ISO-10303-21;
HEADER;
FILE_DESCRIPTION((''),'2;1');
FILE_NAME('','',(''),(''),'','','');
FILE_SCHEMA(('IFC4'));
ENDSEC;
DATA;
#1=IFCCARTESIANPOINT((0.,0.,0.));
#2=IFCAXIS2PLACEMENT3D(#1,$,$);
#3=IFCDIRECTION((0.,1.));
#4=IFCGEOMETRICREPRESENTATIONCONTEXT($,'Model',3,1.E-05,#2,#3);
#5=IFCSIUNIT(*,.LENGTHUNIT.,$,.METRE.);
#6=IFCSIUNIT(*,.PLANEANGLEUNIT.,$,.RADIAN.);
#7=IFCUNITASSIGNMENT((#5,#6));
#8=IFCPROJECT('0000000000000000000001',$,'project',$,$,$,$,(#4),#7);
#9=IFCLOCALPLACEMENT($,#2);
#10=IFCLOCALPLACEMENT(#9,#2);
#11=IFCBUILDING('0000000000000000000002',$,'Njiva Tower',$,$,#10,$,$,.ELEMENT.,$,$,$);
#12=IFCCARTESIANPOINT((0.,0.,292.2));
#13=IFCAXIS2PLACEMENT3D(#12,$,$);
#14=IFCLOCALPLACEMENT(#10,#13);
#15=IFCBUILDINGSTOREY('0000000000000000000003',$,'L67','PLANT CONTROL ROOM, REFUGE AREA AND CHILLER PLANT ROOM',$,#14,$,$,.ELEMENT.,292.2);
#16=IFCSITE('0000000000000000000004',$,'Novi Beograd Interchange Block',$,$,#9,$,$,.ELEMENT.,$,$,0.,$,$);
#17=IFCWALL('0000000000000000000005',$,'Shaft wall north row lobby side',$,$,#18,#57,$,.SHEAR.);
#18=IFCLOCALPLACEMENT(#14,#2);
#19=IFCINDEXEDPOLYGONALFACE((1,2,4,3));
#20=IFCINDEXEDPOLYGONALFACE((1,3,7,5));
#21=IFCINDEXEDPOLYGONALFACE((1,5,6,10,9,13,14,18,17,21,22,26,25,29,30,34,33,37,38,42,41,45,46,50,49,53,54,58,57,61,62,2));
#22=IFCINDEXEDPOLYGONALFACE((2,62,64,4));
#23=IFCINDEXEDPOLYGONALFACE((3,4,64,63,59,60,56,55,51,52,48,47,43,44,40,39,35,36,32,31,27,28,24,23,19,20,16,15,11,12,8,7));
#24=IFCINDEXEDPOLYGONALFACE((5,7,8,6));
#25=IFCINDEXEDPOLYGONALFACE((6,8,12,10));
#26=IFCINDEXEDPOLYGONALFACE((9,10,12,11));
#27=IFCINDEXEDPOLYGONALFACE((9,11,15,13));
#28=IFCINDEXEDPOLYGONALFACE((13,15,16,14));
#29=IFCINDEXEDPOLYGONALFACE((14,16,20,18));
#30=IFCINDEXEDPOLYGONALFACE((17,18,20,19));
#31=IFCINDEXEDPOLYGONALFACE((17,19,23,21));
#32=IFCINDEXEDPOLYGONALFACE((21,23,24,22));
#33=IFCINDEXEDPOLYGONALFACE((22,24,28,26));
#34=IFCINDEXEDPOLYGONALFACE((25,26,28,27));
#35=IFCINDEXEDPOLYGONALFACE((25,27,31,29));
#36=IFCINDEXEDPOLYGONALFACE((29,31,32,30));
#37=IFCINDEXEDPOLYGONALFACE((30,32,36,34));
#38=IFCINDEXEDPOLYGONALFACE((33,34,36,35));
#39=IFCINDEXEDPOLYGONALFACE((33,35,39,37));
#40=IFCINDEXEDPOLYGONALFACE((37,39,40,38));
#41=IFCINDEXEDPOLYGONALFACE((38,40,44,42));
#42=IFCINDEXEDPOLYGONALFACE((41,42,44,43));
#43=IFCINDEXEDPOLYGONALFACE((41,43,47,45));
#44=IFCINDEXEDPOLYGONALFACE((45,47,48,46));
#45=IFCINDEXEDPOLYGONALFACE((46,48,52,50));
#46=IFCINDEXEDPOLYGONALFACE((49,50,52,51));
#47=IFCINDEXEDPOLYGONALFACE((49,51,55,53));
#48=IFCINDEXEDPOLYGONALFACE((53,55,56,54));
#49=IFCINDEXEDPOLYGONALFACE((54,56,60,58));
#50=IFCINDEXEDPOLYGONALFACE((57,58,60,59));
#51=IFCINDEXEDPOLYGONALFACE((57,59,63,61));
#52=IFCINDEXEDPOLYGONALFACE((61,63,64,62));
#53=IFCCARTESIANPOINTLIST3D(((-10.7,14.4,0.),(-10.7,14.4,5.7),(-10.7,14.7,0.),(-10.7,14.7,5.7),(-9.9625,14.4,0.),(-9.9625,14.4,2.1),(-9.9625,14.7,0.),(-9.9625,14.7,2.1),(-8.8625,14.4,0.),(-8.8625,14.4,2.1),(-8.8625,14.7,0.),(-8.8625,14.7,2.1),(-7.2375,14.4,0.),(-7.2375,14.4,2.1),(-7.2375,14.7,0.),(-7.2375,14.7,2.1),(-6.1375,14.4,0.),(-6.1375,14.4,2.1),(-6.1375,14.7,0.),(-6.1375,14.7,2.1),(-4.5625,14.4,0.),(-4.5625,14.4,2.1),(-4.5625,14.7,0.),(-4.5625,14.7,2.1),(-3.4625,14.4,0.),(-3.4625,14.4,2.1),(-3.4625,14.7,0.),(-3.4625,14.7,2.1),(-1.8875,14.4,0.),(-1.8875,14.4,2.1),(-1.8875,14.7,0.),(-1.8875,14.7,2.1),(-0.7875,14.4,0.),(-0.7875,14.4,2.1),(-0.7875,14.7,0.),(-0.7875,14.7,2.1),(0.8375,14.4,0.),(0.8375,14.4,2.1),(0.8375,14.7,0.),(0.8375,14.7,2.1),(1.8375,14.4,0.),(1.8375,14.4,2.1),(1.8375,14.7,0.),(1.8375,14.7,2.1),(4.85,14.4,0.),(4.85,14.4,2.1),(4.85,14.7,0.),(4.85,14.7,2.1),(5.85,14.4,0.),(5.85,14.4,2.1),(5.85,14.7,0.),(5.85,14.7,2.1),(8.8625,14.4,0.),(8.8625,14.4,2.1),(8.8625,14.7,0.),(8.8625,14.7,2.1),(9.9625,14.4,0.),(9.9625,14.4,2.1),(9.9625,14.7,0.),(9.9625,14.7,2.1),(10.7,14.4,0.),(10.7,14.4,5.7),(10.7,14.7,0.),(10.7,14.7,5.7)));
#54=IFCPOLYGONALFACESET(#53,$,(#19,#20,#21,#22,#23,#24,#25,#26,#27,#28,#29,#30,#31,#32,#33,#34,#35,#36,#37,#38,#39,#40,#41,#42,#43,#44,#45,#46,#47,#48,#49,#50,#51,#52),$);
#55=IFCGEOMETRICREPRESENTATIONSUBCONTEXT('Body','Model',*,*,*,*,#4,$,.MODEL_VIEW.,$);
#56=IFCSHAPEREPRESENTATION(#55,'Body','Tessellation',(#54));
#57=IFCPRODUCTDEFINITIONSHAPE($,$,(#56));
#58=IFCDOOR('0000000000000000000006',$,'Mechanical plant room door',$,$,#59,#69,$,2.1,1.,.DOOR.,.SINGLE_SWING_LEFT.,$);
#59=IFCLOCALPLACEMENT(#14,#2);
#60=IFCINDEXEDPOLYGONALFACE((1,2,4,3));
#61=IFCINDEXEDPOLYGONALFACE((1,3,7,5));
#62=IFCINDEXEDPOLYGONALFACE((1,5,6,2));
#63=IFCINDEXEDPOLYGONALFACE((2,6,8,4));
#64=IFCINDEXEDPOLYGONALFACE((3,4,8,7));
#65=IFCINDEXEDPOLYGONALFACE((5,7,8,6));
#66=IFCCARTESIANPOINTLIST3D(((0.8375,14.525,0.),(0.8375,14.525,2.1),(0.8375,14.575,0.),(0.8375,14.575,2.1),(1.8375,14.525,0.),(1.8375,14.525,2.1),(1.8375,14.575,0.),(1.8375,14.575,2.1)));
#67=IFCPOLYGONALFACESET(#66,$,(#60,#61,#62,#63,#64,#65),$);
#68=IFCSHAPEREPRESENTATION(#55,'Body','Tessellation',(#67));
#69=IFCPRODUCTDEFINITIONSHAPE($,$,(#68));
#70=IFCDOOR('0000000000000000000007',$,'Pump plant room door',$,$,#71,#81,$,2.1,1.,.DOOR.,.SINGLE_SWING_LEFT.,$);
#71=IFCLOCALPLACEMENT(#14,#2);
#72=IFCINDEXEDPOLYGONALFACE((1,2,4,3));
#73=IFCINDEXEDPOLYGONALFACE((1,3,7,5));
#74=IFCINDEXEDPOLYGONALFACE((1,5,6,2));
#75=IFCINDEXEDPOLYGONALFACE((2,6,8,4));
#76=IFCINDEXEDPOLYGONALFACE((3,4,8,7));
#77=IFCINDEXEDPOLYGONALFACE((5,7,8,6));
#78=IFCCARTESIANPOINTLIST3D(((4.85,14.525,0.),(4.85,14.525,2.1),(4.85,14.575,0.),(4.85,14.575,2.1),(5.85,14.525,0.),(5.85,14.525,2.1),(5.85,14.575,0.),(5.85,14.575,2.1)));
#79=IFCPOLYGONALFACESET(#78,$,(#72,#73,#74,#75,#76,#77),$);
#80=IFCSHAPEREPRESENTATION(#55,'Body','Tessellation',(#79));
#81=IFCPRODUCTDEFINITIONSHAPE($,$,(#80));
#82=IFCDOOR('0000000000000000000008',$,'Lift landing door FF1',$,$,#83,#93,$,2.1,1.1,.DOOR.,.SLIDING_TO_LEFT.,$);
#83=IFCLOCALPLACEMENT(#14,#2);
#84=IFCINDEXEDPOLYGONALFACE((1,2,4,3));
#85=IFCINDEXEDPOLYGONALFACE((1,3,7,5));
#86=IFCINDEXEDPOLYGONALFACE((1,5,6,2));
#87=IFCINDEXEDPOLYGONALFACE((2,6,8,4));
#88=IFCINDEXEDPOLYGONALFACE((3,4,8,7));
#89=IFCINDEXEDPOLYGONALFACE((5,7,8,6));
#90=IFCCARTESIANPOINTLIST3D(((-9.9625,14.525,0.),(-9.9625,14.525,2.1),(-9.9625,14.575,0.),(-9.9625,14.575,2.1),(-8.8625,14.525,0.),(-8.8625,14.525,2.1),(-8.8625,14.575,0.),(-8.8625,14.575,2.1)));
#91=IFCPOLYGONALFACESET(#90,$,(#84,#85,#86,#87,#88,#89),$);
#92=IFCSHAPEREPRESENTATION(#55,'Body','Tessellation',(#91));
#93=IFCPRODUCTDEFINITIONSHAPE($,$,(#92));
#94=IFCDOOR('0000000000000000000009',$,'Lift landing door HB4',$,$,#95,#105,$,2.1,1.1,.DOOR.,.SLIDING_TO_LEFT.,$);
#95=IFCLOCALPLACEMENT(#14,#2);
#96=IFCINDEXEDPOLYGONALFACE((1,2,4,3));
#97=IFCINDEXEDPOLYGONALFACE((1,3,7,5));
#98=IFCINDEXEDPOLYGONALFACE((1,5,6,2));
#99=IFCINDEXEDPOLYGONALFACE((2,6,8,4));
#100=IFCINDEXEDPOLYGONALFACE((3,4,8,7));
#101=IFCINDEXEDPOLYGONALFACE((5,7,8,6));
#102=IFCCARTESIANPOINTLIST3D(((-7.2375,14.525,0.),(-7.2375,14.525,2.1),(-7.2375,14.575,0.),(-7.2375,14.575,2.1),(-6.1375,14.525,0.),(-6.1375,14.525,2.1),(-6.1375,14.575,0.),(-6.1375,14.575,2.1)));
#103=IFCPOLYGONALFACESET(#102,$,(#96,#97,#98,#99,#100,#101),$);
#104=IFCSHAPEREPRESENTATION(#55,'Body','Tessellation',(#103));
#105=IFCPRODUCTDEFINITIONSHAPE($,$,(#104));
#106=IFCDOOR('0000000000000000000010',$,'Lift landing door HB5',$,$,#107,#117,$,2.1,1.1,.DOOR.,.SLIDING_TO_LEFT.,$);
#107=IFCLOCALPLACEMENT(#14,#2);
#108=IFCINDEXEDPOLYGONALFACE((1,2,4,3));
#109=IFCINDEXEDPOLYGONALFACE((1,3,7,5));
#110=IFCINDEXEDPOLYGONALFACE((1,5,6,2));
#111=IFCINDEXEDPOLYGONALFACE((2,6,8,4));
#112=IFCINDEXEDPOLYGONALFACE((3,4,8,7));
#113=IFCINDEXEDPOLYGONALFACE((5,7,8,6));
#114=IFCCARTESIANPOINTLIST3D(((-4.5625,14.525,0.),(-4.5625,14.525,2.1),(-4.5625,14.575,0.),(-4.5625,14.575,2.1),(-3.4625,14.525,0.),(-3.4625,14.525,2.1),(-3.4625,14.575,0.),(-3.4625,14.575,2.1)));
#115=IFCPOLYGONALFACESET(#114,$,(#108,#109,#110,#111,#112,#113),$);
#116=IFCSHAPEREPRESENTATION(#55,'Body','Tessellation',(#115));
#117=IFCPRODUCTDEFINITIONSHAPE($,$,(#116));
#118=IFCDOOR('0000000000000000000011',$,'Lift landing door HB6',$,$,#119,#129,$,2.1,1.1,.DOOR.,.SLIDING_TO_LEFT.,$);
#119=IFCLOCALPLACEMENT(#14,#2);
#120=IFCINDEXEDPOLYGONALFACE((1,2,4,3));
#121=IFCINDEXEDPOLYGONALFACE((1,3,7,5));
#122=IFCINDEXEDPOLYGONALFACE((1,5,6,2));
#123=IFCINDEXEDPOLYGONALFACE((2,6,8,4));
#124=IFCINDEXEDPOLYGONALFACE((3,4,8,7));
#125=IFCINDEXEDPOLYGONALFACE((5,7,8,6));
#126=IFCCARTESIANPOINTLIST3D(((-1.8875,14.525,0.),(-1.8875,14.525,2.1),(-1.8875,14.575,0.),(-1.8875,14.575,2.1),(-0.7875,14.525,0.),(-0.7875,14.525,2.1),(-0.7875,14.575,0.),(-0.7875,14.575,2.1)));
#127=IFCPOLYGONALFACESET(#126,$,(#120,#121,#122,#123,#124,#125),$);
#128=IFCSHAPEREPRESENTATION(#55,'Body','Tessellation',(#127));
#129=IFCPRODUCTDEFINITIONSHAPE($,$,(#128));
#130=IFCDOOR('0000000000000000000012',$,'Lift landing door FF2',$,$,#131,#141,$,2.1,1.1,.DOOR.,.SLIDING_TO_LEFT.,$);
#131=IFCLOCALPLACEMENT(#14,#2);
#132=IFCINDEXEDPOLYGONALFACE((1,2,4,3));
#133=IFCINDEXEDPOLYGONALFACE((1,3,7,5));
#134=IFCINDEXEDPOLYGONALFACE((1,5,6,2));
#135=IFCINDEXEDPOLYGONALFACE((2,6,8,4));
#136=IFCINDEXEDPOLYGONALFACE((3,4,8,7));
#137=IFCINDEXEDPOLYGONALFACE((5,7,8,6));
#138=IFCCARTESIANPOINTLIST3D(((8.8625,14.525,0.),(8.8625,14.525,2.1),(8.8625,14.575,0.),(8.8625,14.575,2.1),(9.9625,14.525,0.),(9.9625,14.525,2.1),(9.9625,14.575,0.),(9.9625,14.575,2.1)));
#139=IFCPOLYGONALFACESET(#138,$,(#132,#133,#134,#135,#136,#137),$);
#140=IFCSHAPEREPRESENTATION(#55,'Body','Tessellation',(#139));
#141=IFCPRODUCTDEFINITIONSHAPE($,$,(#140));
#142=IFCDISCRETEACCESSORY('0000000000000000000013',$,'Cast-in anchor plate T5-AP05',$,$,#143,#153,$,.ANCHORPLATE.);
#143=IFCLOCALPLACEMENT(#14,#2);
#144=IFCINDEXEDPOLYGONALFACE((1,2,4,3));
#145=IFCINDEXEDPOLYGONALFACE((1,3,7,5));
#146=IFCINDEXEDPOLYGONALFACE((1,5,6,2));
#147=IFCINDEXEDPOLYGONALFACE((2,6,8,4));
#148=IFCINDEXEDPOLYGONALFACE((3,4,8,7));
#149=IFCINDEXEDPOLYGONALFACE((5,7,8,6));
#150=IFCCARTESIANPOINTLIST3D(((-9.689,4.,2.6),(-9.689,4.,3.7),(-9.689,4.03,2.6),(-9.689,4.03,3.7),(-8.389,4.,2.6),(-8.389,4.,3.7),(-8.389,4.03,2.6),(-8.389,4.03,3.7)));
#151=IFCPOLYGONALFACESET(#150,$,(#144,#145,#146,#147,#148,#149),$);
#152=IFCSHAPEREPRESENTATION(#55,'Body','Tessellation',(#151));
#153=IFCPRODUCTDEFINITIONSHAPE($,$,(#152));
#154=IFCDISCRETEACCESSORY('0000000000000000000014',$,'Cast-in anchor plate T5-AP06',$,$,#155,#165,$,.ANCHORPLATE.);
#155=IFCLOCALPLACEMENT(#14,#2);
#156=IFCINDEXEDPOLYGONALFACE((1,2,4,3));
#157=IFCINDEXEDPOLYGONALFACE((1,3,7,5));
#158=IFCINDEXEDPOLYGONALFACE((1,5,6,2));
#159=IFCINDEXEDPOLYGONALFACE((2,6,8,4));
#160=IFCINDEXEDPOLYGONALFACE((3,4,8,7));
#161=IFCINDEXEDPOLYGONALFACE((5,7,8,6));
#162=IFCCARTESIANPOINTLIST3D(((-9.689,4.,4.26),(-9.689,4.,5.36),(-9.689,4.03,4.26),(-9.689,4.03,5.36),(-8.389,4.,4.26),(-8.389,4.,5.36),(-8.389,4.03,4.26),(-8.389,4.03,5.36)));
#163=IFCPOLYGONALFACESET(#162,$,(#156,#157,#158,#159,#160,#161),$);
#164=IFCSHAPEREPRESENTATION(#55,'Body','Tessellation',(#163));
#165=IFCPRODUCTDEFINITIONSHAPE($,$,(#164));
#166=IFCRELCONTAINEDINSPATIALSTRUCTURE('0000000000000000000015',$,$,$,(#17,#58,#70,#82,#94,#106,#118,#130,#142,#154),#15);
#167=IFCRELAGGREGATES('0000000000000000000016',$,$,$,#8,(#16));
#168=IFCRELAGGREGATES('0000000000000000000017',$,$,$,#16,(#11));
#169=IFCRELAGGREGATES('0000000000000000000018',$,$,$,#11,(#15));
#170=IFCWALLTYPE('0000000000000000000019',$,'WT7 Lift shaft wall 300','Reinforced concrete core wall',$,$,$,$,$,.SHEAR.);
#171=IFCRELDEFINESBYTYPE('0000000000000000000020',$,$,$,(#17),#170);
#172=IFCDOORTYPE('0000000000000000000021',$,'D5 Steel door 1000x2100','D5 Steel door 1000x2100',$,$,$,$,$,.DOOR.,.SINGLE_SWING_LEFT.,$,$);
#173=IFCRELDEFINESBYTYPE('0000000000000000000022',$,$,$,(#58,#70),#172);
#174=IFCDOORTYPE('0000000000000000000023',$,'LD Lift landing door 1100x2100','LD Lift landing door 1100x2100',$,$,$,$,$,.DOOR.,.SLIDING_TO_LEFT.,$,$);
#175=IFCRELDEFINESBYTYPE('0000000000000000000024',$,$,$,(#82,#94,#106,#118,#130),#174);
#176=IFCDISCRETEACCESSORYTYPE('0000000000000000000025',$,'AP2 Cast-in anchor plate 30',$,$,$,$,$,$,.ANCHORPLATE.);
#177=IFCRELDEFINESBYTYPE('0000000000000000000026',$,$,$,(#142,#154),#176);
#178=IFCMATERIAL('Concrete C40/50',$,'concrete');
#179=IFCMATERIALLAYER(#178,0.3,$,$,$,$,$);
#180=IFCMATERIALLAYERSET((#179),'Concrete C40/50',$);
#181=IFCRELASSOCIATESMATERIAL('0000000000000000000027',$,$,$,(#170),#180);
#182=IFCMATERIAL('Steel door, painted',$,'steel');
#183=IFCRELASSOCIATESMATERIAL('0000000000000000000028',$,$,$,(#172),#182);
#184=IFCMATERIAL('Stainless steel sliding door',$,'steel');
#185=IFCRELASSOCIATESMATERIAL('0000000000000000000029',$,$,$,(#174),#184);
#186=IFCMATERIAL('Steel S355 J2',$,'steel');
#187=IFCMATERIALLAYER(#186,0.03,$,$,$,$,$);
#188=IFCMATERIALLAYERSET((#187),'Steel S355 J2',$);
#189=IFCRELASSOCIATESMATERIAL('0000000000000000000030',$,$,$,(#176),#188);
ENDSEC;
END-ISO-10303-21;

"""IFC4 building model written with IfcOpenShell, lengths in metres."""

from ifc_helpers import new_model, si_unit, direction, frame, frame_2d, origin, place, context, subcontext, project, spatial, polyline, rectangle, outline, extrude, material, layer, layer_set, type_object, element, fill, save


model = new_model("IFC4")

# Units and contexts
model_context = context("Model", 3, precision=1e-05, world=origin(), true_north=direction((0.0, 1.0)))
body_context = subcontext(model_context, "Body", "Model", "MODEL_VIEW")
ifc_project = project(units=[si_unit("LENGTHUNIT", "METRE"), si_unit("PLANEANGLEUNIT", "RADIAN")], contexts=[model_context])

# Site, building, storey
site_placement = place(None, origin())
site = spatial("IfcSite", under=ifc_project, at=site_placement, Name="Novi Beograd Interchange Block", CompositionType="ELEMENT", RefElevation=0.0)
building_placement = place(site_placement, origin())
building = spatial("IfcBuilding", under=site, at=building_placement, Name="Njiva Tower", CompositionType="ELEMENT")
storey_placement = place(building_placement, frame((0.0, 0.0, 292.2)))
storey = spatial("IfcBuildingStorey", under=building, at=storey_placement, Name="L67", Description="PLANT CONTROL ROOM, REFUGE AREA AND CHILLER PLANT ROOM", CompositionType="ELEMENT", Elevation=292.2)

# Shared definitions
ifc_material_1 = material(Name="Steel S355 J2", Category="steel")

# Shared definitions
ifc_material_2 = material(Name="Concrete C40/50", Category="concrete")

# Wall, openings, doors
ifc_layer_1 = layer(ifc_material_2, 0.3)
ifc_layer_set_1 = layer_set([ifc_layer_1], Name="Concrete C40/50")
wall_type_1 = type_object("IfcWallType", Name="WT7 Lift shaft wall 300", Description="Reinforced concrete core wall", PredefinedType="SHEAR", material=ifc_layer_set_1)
wall_1_placement = place(storey_placement, frame((-10.7, 14.55, 0.0), z_axis=(0.0, 0.0, 1.0), x_axis=(1.0, 0.0, 0.0)))
wall_1 = element("IfcWall", 1, at=wall_1_placement, inside=storey, type_object=wall_type_1, Name="Shaft wall north row lobby side", PredefinedType="SHEAR", context=body_context, shape_type="SweptSolid", body=[
    extrude(rectangle(XDim=21.4, YDim=0.3, at=frame_2d((10.7, 0.0))), origin(), (0.0, 0.0, 1.0), 5.7),
])
opening_1_placement = place(wall_1_placement, frame((0.7375, 0.0, 0.0)))
opening_1 = element("IfcOpeningElement", 2, at=opening_1_placement, cuts=wall_1, PredefinedType="OPENING", context=body_context, shape_type="SweptSolid", body=[
    extrude(rectangle(XDim=1.1, YDim=2.1, at=frame_2d((0.55, 1.05))), frame((0.0, 0.16, 0.0), z_axis=(0.0, -1.0, 0.0), x_axis=(1.0, 0.0, 0.0)), (0.0, 0.0, 1.0), 0.32),
])
opening_2_placement = place(wall_1_placement, frame((3.4625, 0.0, 0.0)))
opening_2 = element("IfcOpeningElement", 3, at=opening_2_placement, cuts=wall_1, PredefinedType="OPENING", context=body_context, shape_type="SweptSolid", body=[
    extrude(rectangle(XDim=1.1, YDim=2.1, at=frame_2d((0.55, 1.05))), frame((0.0, 0.16, 0.0), z_axis=(0.0, -1.0, 0.0), x_axis=(1.0, 0.0, 0.0)), (0.0, 0.0, 1.0), 0.32),
])
opening_3_placement = place(wall_1_placement, frame((6.1375, 0.0, 0.0)))
opening_3 = element("IfcOpeningElement", 4, at=opening_3_placement, cuts=wall_1, PredefinedType="OPENING", context=body_context, shape_type="SweptSolid", body=[
    extrude(rectangle(XDim=1.1, YDim=2.1, at=frame_2d((0.55, 1.05))), frame((0.0, 0.16, 0.0), z_axis=(0.0, -1.0, 0.0), x_axis=(1.0, 0.0, 0.0)), (0.0, 0.0, 1.0), 0.32),
])
opening_4_placement = place(wall_1_placement, frame((8.8125, 0.0, 0.0)))
opening_4 = element("IfcOpeningElement", 5, at=opening_4_placement, cuts=wall_1, PredefinedType="OPENING", context=body_context, shape_type="SweptSolid", body=[
    extrude(rectangle(XDim=1.1, YDim=2.1, at=frame_2d((0.55, 1.05))), frame((0.0, 0.16, 0.0), z_axis=(0.0, -1.0, 0.0), x_axis=(1.0, 0.0, 0.0)), (0.0, 0.0, 1.0), 0.32),
])
opening_5_placement = place(wall_1_placement, frame((19.5625, 0.0, 0.0)))
opening_5 = element("IfcOpeningElement", 6, at=opening_5_placement, cuts=wall_1, PredefinedType="OPENING", context=body_context, shape_type="SweptSolid", body=[
    extrude(rectangle(XDim=1.1, YDim=2.1, at=frame_2d((0.55, 1.05))), frame((0.0, 0.16, 0.0), z_axis=(0.0, -1.0, 0.0), x_axis=(1.0, 0.0, 0.0)), (0.0, 0.0, 1.0), 0.32),
])
opening_6_placement = place(wall_1_placement, frame((11.5375, 0.0, 0.0)))
opening_6 = element("IfcOpeningElement", 7, at=opening_6_placement, cuts=wall_1, PredefinedType="OPENING", context=body_context, shape_type="SweptSolid", body=[
    extrude(rectangle(XDim=1.0, YDim=2.1, at=frame_2d((0.5, 1.05))), frame((0.0, 0.16, 0.0), z_axis=(0.0, -1.0, 0.0), x_axis=(1.0, 0.0, 0.0)), (0.0, 0.0, 1.0), 0.32),
])
opening_7_placement = place(wall_1_placement, frame((15.55, 0.0, 0.0)))
opening_7 = element("IfcOpeningElement", 8, at=opening_7_placement, cuts=wall_1, PredefinedType="OPENING", context=body_context, shape_type="SweptSolid", body=[
    extrude(rectangle(XDim=1.0, YDim=2.1, at=frame_2d((0.5, 1.05))), frame((0.0, 0.16, 0.0), z_axis=(0.0, -1.0, 0.0), x_axis=(1.0, 0.0, 0.0)), (0.0, 0.0, 1.0), 0.32),
])
ifc_material_3 = material(Name="Steel door, painted", Category="steel")
door_type_1 = type_object("IfcDoorType", Name="D5 Steel door 1000x2100", Description="D5 Steel door 1000x2100", OperationType="SINGLE_SWING_LEFT", PredefinedType="DOOR", material=ifc_material_3)
door_1_placement = place(opening_6_placement, origin())
door_1 = element("IfcDoor", 9, at=door_1_placement, inside=storey, type_object=door_type_1, Name="Mechanical plant room door", OperationType="SINGLE_SWING_LEFT", OverallHeight=2.1, OverallWidth=1.0, PredefinedType="DOOR", context=body_context, shape_type="SweptSolid", body=[
    extrude(rectangle(XDim=1.0, YDim=2.1, at=frame_2d((0.5, 1.05))), frame((0.0, 0.025, 0.0), z_axis=(0.0, -1.0, 0.0), x_axis=(1.0, 0.0, 0.0)), (0.0, 0.0, 1.0), 0.05),
])
fill(opening_6, door_1)
door_2_placement = place(opening_7_placement, origin())
door_2 = element("IfcDoor", 10, at=door_2_placement, inside=storey, type_object=door_type_1, Name="Pump plant room door", OperationType="SINGLE_SWING_LEFT", OverallHeight=2.1, OverallWidth=1.0, PredefinedType="DOOR", context=body_context, shape_type="SweptSolid", body=[
    extrude(rectangle(XDim=1.0, YDim=2.1, at=frame_2d((0.5, 1.05))), frame((0.0, 0.025, 0.0), z_axis=(0.0, -1.0, 0.0), x_axis=(1.0, 0.0, 0.0)), (0.0, 0.0, 1.0), 0.05),
])
fill(opening_7, door_2)
ifc_material_4 = material(Name="Stainless steel sliding door", Category="steel")
door_type_2 = type_object("IfcDoorType", Name="LD Lift landing door 1100x2100", Description="LD Lift landing door 1100x2100", OperationType="SLIDING_TO_LEFT", PredefinedType="DOOR", material=ifc_material_4)
door_3_placement = place(opening_1_placement, origin())
door_3 = element("IfcDoor", 11, at=door_3_placement, inside=storey, type_object=door_type_2, Name="Lift landing door FF1", OperationType="SLIDING_TO_LEFT", OverallHeight=2.1, OverallWidth=1.1, PredefinedType="DOOR", context=body_context, shape_type="SweptSolid", body=[
    extrude(rectangle(XDim=1.1, YDim=2.1, at=frame_2d((0.55, 1.05))), frame((0.0, 0.025, 0.0), z_axis=(0.0, -1.0, 0.0), x_axis=(1.0, 0.0, 0.0)), (0.0, 0.0, 1.0), 0.05),
])
fill(opening_1, door_3)
door_4_placement = place(opening_2_placement, origin())
door_4 = element("IfcDoor", 12, at=door_4_placement, inside=storey, type_object=door_type_2, Name="Lift landing door HB4", OperationType="SLIDING_TO_LEFT", OverallHeight=2.1, OverallWidth=1.1, PredefinedType="DOOR", context=body_context, shape_type="SweptSolid", body=[
    extrude(rectangle(XDim=1.1, YDim=2.1, at=frame_2d((0.55, 1.05))), frame((0.0, 0.025, 0.0), z_axis=(0.0, -1.0, 0.0), x_axis=(1.0, 0.0, 0.0)), (0.0, 0.0, 1.0), 0.05),
])
fill(opening_2, door_4)
door_5_placement = place(opening_3_placement, origin())
door_5 = element("IfcDoor", 13, at=door_5_placement, inside=storey, type_object=door_type_2, Name="Lift landing door HB5", OperationType="SLIDING_TO_LEFT", OverallHeight=2.1, OverallWidth=1.1, PredefinedType="DOOR", context=body_context, shape_type="SweptSolid", body=[
    extrude(rectangle(XDim=1.1, YDim=2.1, at=frame_2d((0.55, 1.05))), frame((0.0, 0.025, 0.0), z_axis=(0.0, -1.0, 0.0), x_axis=(1.0, 0.0, 0.0)), (0.0, 0.0, 1.0), 0.05),
])
fill(opening_3, door_5)
door_6_placement = place(opening_4_placement, origin())
door_6 = element("IfcDoor", 14, at=door_6_placement, inside=storey, type_object=door_type_2, Name="Lift landing door HB6", OperationType="SLIDING_TO_LEFT", OverallHeight=2.1, OverallWidth=1.1, PredefinedType="DOOR", context=body_context, shape_type="SweptSolid", body=[
    extrude(rectangle(XDim=1.1, YDim=2.1, at=frame_2d((0.55, 1.05))), frame((0.0, 0.025, 0.0), z_axis=(0.0, -1.0, 0.0), x_axis=(1.0, 0.0, 0.0)), (0.0, 0.0, 1.0), 0.05),
])
fill(opening_4, door_6)
door_7_placement = place(opening_5_placement, origin())
door_7 = element("IfcDoor", 15, at=door_7_placement, inside=storey, type_object=door_type_2, Name="Lift landing door FF2", OperationType="SLIDING_TO_LEFT", OverallHeight=2.1, OverallWidth=1.1, PredefinedType="DOOR", context=body_context, shape_type="SweptSolid", body=[
    extrude(rectangle(XDim=1.1, YDim=2.1, at=frame_2d((0.55, 1.05))), frame((0.0, 0.025, 0.0), z_axis=(0.0, -1.0, 0.0), x_axis=(1.0, 0.0, 0.0)), (0.0, 0.0, 1.0), 0.05),
])
fill(opening_5, door_7)

# Discrete accessories
ifc_layer_2 = layer(ifc_material_1, 0.03)
ifc_layer_set_2 = layer_set([ifc_layer_2], Name="Steel S355 J2")
discrete_accessory_type = type_object("IfcDiscreteAccessoryType", Name="AP2 Cast-in anchor plate 30", PredefinedType="ANCHORPLATE", material=ifc_layer_set_2)
for number, where, name in (
    (16, (-9.039, 4.015, 2.6), "Cast-in anchor plate T5-AP05"),
    (17, (-9.039, 4.015, 4.26), "Cast-in anchor plate T5-AP06"),
):
    element("IfcDiscreteAccessory", number, at=place(storey_placement, frame(where)), inside=storey, type_object=discrete_accessory_type, Name=name, PredefinedType="ANCHORPLATE", context=body_context, shape_type="SweptSolid", body=[
        extrude(outline(polyline([(0.65, -0.015), (0.65, 0.015), (-0.65, 0.015), (-0.65, -0.015), (0.65, -0.015)])), origin(), (0.0, 0.0, 1.0), 1.1),
    ])

save(model, "model.ifc")
